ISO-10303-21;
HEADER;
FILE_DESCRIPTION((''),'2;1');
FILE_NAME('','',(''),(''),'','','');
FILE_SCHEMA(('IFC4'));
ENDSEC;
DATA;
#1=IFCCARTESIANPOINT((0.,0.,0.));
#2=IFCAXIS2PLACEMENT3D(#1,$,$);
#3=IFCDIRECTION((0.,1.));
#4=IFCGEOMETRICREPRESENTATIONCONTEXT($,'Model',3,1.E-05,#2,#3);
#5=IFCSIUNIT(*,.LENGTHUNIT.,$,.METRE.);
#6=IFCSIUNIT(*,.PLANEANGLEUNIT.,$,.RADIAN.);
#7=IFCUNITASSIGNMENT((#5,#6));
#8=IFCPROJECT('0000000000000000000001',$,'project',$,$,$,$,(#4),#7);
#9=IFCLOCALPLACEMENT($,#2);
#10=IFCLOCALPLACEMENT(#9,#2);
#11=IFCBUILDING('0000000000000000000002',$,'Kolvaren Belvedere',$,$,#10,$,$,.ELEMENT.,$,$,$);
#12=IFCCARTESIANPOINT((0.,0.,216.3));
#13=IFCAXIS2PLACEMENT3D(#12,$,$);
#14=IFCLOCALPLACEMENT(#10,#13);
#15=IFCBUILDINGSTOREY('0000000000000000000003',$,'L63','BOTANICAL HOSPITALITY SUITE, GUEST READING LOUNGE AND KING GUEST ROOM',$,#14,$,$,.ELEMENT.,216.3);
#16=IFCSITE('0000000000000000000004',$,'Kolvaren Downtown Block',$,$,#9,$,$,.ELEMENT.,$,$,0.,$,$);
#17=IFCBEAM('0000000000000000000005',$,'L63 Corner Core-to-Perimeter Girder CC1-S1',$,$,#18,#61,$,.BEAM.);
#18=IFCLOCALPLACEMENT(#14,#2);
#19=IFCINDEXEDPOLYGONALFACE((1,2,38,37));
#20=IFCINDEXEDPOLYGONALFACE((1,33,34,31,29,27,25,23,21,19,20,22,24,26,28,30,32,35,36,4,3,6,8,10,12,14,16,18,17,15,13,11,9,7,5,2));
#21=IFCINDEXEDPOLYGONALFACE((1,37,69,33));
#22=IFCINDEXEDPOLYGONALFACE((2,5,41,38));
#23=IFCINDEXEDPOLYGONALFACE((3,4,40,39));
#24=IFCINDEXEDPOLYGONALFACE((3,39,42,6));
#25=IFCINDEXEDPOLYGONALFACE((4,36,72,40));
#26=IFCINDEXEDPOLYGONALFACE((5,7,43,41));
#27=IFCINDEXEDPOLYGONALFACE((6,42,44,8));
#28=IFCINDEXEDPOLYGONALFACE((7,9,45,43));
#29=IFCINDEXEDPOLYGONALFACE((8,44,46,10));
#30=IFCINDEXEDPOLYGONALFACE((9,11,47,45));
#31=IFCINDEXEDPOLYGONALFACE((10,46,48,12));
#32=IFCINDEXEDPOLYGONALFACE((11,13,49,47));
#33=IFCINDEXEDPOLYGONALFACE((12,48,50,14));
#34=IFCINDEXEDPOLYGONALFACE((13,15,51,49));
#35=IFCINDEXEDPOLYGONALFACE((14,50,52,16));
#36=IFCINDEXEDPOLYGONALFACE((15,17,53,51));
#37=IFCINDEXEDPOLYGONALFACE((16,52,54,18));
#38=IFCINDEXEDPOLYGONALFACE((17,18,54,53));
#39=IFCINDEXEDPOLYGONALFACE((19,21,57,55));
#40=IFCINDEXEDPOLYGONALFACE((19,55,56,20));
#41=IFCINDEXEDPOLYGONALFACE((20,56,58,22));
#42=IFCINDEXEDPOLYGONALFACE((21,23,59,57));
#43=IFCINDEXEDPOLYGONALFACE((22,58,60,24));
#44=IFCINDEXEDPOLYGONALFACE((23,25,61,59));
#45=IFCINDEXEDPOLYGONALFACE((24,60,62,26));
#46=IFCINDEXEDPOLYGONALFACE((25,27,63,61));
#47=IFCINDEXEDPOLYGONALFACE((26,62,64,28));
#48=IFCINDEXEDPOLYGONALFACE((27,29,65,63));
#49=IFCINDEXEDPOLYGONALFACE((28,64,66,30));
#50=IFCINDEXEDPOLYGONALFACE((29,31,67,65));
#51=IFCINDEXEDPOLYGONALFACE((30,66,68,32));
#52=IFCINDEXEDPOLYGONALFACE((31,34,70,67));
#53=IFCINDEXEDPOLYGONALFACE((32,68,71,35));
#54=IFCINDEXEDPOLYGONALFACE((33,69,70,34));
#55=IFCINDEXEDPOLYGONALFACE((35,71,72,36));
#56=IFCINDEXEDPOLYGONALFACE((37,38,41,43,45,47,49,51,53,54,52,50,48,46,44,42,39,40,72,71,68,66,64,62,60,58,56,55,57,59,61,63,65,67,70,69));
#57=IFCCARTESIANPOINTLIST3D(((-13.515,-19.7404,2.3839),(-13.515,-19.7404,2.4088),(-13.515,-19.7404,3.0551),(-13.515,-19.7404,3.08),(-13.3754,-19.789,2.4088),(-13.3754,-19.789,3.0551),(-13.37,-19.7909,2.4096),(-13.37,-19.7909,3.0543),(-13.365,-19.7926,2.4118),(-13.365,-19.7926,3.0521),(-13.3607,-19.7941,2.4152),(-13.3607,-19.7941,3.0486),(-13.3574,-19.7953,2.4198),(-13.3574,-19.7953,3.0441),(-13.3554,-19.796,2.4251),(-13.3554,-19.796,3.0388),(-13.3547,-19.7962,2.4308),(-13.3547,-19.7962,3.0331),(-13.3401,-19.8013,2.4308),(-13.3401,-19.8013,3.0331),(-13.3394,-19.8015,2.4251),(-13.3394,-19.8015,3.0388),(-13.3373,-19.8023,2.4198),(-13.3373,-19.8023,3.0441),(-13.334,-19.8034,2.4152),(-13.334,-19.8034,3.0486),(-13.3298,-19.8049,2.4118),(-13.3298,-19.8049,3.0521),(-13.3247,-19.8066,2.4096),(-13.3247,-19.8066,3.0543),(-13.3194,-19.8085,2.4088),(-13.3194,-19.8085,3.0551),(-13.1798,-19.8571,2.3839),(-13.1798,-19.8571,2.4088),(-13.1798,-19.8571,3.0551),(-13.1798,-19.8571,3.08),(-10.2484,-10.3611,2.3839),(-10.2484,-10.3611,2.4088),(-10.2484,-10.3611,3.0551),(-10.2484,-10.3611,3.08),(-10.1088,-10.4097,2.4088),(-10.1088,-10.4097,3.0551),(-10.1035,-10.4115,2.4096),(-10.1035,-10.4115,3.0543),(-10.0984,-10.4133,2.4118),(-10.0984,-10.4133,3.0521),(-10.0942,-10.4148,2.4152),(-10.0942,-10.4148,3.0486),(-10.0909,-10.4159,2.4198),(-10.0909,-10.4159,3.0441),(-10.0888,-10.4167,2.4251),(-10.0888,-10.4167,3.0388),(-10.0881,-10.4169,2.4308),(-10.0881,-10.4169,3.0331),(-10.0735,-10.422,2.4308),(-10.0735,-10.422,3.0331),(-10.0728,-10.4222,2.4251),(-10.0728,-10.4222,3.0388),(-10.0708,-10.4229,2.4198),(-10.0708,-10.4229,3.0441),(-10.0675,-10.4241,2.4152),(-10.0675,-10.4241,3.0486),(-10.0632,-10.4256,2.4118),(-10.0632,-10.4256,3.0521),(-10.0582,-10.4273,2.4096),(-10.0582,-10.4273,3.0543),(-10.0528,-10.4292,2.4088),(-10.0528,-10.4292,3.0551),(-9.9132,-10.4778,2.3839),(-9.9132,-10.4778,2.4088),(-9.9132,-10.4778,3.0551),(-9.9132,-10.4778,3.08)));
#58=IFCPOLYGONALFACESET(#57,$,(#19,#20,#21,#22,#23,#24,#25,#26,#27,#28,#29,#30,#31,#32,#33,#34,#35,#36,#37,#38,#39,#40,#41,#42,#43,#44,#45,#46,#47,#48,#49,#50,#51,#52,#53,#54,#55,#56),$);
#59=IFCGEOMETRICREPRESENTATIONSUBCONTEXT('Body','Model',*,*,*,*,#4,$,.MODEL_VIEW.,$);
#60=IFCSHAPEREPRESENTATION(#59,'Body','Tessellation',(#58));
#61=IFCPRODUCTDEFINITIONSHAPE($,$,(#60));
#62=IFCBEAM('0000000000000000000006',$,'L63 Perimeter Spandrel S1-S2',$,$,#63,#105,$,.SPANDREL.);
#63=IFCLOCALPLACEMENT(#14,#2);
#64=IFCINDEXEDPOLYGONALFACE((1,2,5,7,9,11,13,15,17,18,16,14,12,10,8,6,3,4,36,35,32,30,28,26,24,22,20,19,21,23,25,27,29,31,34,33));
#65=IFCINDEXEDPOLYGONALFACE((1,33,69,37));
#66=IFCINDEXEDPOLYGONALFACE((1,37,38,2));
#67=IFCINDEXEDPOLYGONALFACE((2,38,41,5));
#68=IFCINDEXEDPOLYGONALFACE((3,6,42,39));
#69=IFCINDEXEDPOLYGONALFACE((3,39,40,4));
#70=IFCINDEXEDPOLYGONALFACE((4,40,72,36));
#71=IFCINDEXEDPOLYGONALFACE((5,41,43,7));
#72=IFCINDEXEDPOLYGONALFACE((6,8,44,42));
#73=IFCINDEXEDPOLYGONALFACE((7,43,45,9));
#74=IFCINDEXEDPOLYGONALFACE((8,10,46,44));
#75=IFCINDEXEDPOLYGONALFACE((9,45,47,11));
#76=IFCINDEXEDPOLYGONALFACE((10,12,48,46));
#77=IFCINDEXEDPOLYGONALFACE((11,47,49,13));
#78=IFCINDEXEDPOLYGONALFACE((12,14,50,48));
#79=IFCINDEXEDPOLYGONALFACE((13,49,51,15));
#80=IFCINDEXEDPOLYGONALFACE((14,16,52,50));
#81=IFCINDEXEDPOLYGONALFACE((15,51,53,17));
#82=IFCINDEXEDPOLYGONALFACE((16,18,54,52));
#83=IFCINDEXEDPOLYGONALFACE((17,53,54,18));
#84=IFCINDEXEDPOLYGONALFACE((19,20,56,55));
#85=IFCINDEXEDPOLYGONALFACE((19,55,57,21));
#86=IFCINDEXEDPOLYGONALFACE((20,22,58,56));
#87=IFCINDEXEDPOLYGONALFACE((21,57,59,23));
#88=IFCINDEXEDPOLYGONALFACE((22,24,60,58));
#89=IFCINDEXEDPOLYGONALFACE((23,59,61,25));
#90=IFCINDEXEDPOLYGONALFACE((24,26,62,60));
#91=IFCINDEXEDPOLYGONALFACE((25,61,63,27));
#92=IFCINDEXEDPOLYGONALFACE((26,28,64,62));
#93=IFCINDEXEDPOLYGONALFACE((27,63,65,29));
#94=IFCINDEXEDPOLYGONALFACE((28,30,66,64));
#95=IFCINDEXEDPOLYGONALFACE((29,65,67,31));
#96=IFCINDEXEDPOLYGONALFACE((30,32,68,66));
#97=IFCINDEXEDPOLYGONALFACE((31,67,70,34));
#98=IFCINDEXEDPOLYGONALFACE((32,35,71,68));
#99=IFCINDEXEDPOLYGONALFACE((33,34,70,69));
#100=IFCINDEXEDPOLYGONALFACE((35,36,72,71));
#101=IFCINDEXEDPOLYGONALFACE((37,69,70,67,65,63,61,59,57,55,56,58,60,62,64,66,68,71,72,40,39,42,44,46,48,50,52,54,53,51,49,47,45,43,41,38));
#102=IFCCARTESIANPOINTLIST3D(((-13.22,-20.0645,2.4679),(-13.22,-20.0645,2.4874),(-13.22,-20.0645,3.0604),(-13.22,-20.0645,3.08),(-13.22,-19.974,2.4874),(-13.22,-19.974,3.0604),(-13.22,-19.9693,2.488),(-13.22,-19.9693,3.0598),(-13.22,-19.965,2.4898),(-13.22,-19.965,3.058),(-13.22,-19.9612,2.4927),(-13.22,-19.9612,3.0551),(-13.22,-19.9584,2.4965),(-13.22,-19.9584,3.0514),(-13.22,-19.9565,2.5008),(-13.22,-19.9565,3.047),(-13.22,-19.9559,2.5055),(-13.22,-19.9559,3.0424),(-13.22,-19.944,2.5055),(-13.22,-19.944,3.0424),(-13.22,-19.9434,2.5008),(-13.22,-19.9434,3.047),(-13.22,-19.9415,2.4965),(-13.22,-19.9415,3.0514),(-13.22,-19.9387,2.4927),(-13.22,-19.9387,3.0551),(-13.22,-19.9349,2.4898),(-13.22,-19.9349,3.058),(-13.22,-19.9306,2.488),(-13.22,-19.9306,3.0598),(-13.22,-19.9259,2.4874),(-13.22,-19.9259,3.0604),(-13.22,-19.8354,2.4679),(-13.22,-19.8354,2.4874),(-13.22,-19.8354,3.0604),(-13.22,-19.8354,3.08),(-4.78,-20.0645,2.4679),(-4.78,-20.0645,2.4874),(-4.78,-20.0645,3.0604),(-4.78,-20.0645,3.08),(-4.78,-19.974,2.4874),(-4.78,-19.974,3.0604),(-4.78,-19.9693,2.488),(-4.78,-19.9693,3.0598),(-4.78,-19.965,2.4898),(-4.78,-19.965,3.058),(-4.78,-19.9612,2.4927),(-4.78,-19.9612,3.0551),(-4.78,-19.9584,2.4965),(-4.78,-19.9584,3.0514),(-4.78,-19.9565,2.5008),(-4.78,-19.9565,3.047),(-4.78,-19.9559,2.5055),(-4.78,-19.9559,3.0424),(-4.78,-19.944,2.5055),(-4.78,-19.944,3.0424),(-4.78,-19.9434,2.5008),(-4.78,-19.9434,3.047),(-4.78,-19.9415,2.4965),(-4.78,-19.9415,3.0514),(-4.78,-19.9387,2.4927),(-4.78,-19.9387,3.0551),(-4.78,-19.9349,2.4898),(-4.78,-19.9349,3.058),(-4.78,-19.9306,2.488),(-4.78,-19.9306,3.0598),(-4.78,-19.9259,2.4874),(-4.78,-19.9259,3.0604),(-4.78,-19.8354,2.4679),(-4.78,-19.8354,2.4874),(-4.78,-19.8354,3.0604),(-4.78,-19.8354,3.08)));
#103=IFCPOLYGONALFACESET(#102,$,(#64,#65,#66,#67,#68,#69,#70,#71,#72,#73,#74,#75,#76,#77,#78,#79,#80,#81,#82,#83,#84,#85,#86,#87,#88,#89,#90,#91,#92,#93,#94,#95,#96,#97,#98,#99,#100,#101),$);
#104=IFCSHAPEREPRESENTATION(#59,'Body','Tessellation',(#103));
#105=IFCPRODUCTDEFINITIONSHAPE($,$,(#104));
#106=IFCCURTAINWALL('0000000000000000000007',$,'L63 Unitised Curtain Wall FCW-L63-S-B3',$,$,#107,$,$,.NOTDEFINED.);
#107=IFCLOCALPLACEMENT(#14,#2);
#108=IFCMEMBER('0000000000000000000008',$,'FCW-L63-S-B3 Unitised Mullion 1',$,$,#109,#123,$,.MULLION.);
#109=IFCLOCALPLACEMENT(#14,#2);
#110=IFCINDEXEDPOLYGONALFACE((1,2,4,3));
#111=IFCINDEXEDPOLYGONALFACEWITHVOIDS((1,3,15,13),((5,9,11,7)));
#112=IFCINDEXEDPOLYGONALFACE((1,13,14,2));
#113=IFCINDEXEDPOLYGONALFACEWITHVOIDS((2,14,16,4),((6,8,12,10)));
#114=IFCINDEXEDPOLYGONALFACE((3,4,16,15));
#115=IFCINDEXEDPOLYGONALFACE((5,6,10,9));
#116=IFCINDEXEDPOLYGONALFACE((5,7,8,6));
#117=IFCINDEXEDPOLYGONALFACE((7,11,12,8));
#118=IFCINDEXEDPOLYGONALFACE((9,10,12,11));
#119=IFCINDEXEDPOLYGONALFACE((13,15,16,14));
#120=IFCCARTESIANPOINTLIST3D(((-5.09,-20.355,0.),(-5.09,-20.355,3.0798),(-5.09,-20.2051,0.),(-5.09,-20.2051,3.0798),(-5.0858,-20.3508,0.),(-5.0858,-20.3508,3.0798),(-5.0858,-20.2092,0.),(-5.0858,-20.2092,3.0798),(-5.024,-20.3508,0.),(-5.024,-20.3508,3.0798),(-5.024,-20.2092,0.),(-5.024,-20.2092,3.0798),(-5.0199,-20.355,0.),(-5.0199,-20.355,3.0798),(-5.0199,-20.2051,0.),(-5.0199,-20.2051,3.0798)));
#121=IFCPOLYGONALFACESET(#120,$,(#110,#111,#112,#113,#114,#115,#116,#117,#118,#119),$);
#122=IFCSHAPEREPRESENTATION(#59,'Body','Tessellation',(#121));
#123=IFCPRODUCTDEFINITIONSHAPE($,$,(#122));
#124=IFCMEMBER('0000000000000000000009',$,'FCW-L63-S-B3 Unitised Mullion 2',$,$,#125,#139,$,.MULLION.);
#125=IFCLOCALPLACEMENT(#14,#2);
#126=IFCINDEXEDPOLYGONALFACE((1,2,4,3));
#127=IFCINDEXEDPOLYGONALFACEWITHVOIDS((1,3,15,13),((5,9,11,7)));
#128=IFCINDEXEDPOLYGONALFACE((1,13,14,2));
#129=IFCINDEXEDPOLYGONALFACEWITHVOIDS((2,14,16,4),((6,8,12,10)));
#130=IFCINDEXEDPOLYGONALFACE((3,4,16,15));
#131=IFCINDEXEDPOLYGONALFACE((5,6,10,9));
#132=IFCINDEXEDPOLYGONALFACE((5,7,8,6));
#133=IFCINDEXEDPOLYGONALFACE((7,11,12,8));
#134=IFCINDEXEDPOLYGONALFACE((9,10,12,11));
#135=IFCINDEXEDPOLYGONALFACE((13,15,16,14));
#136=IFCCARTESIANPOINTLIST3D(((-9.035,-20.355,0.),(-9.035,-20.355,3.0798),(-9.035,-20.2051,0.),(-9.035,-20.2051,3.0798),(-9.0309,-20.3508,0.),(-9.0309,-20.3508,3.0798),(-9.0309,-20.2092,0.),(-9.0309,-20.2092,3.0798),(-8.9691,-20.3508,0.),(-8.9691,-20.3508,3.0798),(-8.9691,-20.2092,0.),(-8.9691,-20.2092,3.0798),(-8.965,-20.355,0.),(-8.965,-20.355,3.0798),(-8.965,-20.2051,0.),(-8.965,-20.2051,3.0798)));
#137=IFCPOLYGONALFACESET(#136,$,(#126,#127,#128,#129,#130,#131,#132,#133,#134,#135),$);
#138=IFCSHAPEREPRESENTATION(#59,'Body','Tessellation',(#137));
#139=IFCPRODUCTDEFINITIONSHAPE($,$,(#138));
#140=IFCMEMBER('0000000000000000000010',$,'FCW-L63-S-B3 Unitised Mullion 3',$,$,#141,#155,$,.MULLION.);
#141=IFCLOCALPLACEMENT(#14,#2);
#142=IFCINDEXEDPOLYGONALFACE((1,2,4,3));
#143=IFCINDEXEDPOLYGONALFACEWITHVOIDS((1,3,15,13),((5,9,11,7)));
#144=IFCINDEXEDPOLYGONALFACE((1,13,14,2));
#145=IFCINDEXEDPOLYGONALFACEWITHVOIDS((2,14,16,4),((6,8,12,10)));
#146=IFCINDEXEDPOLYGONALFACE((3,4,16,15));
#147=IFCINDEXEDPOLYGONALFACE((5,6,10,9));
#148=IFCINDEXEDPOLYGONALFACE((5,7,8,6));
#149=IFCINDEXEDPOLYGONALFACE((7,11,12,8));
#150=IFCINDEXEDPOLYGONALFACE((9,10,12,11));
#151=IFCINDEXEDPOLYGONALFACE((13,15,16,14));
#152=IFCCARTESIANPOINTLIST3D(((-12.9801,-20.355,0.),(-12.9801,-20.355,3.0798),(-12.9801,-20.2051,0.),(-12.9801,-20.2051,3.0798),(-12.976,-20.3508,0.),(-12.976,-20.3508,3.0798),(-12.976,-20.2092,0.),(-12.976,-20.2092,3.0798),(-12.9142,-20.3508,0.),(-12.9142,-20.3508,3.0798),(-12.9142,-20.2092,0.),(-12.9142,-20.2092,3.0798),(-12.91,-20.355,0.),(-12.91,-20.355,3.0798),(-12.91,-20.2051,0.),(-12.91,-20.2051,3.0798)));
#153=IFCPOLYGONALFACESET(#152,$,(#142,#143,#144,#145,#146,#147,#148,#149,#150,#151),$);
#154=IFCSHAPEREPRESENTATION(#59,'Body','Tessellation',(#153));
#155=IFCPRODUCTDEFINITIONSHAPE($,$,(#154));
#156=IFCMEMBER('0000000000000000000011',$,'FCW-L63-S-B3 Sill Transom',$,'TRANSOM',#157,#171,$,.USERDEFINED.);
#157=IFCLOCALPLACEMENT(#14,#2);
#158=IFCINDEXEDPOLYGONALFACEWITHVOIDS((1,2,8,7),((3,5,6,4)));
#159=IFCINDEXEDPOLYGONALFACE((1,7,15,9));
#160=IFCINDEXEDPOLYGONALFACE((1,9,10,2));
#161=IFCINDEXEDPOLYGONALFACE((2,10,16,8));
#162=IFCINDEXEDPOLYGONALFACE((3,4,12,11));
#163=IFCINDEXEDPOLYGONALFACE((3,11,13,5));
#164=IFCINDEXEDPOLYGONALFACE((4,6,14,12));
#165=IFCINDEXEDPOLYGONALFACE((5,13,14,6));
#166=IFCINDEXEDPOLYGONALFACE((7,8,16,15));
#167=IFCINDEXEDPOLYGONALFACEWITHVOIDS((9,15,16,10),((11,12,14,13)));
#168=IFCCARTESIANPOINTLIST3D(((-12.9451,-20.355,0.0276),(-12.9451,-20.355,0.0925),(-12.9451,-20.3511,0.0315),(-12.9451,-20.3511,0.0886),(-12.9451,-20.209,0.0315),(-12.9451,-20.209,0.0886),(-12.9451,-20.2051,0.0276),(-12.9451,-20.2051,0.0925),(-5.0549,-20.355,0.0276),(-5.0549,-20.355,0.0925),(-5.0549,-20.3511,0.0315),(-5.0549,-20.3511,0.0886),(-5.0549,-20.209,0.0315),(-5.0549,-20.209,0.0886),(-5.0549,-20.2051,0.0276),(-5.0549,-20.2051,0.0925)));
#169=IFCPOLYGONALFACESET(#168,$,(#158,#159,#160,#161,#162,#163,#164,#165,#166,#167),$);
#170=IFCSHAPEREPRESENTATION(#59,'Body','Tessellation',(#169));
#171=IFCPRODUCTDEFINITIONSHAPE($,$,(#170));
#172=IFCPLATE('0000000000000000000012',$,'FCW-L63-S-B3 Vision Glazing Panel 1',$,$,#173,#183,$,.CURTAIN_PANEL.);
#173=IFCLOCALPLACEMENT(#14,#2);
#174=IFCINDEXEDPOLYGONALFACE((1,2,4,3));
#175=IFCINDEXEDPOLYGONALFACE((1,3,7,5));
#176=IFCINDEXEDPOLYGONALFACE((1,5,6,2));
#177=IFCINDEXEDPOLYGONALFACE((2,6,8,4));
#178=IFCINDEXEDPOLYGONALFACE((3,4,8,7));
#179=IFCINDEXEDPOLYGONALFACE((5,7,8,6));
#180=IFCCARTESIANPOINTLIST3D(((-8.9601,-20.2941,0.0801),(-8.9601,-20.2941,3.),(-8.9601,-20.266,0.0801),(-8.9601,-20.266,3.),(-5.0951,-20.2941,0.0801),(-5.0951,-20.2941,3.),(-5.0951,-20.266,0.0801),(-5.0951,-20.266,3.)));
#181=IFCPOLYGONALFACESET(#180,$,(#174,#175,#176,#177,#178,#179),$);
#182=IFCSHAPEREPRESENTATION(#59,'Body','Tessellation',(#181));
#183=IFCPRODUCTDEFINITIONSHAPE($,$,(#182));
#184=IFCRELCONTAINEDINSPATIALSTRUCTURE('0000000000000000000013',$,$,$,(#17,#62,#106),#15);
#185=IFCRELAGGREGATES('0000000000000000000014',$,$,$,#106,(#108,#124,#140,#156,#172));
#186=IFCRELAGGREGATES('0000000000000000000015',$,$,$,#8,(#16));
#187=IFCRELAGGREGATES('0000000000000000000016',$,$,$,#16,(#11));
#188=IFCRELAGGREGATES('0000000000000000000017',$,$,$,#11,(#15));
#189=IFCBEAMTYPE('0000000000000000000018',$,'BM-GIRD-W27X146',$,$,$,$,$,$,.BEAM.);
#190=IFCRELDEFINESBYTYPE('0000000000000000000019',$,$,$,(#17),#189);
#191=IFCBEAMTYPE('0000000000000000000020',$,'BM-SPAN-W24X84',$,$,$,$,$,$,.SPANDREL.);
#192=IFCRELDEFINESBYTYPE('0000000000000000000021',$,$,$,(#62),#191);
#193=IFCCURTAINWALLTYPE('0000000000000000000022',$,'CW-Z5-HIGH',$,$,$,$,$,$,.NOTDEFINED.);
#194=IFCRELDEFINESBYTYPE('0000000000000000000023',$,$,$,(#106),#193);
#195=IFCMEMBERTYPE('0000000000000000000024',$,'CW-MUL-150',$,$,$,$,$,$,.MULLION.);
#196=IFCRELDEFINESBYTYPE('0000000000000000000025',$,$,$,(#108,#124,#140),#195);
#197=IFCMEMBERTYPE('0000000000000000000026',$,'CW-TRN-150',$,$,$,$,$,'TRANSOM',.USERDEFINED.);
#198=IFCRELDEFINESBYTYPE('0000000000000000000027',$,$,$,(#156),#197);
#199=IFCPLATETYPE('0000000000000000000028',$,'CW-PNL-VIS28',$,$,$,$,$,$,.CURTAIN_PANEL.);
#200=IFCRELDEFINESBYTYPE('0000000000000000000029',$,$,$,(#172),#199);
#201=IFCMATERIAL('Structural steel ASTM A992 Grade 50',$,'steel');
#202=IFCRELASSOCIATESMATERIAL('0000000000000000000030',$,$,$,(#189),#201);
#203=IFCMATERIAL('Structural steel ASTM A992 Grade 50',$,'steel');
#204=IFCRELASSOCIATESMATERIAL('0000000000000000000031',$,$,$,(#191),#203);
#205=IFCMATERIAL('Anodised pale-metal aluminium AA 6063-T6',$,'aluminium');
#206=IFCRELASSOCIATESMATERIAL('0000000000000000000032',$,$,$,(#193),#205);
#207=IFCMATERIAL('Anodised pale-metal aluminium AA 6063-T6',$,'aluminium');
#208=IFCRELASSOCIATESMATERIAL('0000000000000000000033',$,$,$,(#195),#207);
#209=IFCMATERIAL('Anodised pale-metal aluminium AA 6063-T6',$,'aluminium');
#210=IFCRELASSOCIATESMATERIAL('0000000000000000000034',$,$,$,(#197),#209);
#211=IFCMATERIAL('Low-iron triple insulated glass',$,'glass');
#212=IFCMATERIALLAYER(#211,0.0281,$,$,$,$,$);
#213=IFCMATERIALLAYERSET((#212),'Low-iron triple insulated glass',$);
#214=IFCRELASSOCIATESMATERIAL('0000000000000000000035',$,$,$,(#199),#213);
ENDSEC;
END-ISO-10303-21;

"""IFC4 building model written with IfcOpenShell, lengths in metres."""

from ifc_helpers import new_model, si_unit, direction, frame, origin, origin_2d, place, context, subcontext, project, spatial, rectangle, hollow_rectangle, i_section, extrude, material, layer, layer_set, material_profile, profile_set, type_object, element, aggregate, save


model = new_model("IFC4")

# Units and contexts
model_context = context("Model", 3, precision=1e-05, world=origin(), true_north=direction((0.0, 1.0)))
body_context = subcontext(model_context, "Body", "Model", "MODEL_VIEW")
ifc_project = project(units=[si_unit("LENGTHUNIT", "METRE"), si_unit("PLANEANGLEUNIT", "RADIAN")], contexts=[model_context])

# Site, building, storey
site_placement = place(None, origin())
site = spatial("IfcSite", under=ifc_project, at=site_placement, Name="Kolvaren Downtown Block", CompositionType="ELEMENT", RefElevation=0.0)
building_placement = place(site_placement, origin())
building = spatial("IfcBuilding", under=site, at=building_placement, Name="Kolvaren Belvedere", CompositionType="ELEMENT")
storey_placement = place(building_placement, frame((0.0, 0.0, 216.3)))
storey = spatial("IfcBuildingStorey", under=building, at=storey_placement, Name="L63", Description="BOTANICAL HOSPITALITY SUITE, GUEST READING LOUNGE AND KING GUEST ROOM", CompositionType="ELEMENT", Elevation=216.3)

# Beams
ifc_material_1 = material(Name="Structural steel ASTM A992 Grade 50", Category="steel")
ifc_material_profile_1 = material_profile(ifc_material_1, i_section(OverallWidth=0.355, OverallDepth=0.696, WebThickness=0.0154, FlangeThickness=0.0249, FilletRadius=0.022, at=origin_2d()), Name="W27X146")
ifc_profile_set_1 = profile_set([ifc_material_profile_1], Name="Structural steel ASTM A992 Grade 50")
beam_type_1 = type_object("IfcBeamType", Name="BM-GIRD-W27X146", PredefinedType="BEAM", material=ifc_profile_set_1)
beam_1_placement = place(storey_placement, frame((-10.0808, -10.4194, 2.7319), z_axis=(-0.328898, -0.944365, 0.0), x_axis=(0.944365, -0.328898, 0.0)))
element("IfcBeam", 1, at=beam_1_placement, inside=storey, type_object=beam_type_1, Name="L63 Corner Core-to-Perimeter Girder CC1-S1", PredefinedType="BEAM", context=body_context, shape_type="SweptSolid", body=[
    extrude(i_section(OverallWidth=0.355, OverallDepth=0.696, WebThickness=0.0154, FlangeThickness=0.0249, FilletRadius=0.022, at=origin_2d()), origin(), (0.0, 0.0, 1.0), 9.9319),
])
ifc_material_2 = material(Name="Structural steel ASTM A992 Grade 50", Category="steel")
ifc_material_profile_2 = material_profile(ifc_material_2, i_section(OverallWidth=0.229, OverallDepth=0.6121, WebThickness=0.012, FlangeThickness=0.0195, FilletRadius=0.0181, at=origin_2d()), Name="W24X84")
ifc_profile_set_2 = profile_set([ifc_material_profile_2], Name="Structural steel ASTM A992 Grade 50")
beam_type_2 = type_object("IfcBeamType", Name="BM-SPAN-W24X84", PredefinedType="SPANDREL", material=ifc_profile_set_2)
beam_2_placement = place(storey_placement, frame((-13.22, -19.95, 2.7739), z_axis=(1.0, 0.0, 0.0), x_axis=(0.0, 1.0, 0.0)))
element("IfcBeam", 2, at=beam_2_placement, inside=storey, type_object=beam_type_2, Name="L63 Perimeter Spandrel S1-S2", PredefinedType="SPANDREL", context=body_context, shape_type="SweptSolid", body=[
    extrude(i_section(OverallWidth=0.229, OverallDepth=0.6121, WebThickness=0.012, FlangeThickness=0.0195, FilletRadius=0.0181, at=origin_2d()), origin(), (0.0, 0.0, 1.0), 8.4399),
])

# Curtain wall, members, plate
ifc_material_3 = material(Name="Anodised pale-metal aluminium AA 6063-T6", Category="aluminium")
curtain_wall_type = type_object("IfcCurtainWallType", Name="CW-Z5-HIGH", PredefinedType="NOTDEFINED", material=ifc_material_3)
curtain_wall_placement = place(storey_placement, origin())
curtain_wall = element("IfcCurtainWall", 3, at=curtain_wall_placement, inside=storey, type_object=curtain_wall_type, Name="L63 Unitised Curtain Wall FCW-L63-S-B3", PredefinedType="NOTDEFINED")
ifc_material_4 = material(Name="Anodised pale-metal aluminium AA 6063-T6", Category="aluminium")
ifc_material_profile_3 = material_profile(ifc_material_4, hollow_rectangle(XDim=0.0701, YDim=0.1499, WallThickness=0.0042, at=origin_2d()), Name="ALU-MUL-150X70")
ifc_profile_set_3 = profile_set([ifc_material_profile_3], Name="Anodised pale-metal aluminium AA 6063-T6")
member_type_1 = type_object("IfcMemberType", Name="CW-MUL-150", PredefinedType="MULLION", material=ifc_profile_set_3)
member_1_placement = place(storey_placement, frame((-5.0549, -20.28, 0.0), z_axis=(0.0, 0.0, 1.0), x_axis=(1.0, 0.0, 0.0)))
member_1 = element("IfcMember", 4, at=member_1_placement, type_object=member_type_1, Name="FCW-L63-S-B3 Unitised Mullion 1", PredefinedType="MULLION", context=body_context, shape_type="SweptSolid", body=[
    extrude(hollow_rectangle(XDim=0.0701, YDim=0.1499, WallThickness=0.0042, at=origin_2d()), origin(), (0.0, 0.0, 1.0), 3.0798),
])
member_2_placement = place(storey_placement, frame((-9.0, -20.28, 0.0), z_axis=(0.0, 0.0, 1.0), x_axis=(1.0, 0.0, 0.0)))
member_2 = element("IfcMember", 5, at=member_2_placement, type_object=member_type_1, Name="FCW-L63-S-B3 Unitised Mullion 2", PredefinedType="MULLION", context=body_context, shape_type="SweptSolid", body=[
    extrude(hollow_rectangle(XDim=0.0701, YDim=0.1499, WallThickness=0.0042, at=origin_2d()), origin(), (0.0, 0.0, 1.0), 3.0798),
])
member_3_placement = place(storey_placement, frame((-12.9451, -20.28, 0.0), z_axis=(0.0, 0.0, 1.0), x_axis=(1.0, 0.0, 0.0)))
member_3 = element("IfcMember", 6, at=member_3_placement, type_object=member_type_1, Name="FCW-L63-S-B3 Unitised Mullion 3", PredefinedType="MULLION", context=body_context, shape_type="SweptSolid", body=[
    extrude(hollow_rectangle(XDim=0.0701, YDim=0.1499, WallThickness=0.0042, at=origin_2d()), origin(), (0.0, 0.0, 1.0), 3.0798),
])
ifc_material_5 = material(Name="Anodised pale-metal aluminium AA 6063-T6", Category="aluminium")
ifc_material_profile_4 = material_profile(ifc_material_5, hollow_rectangle(XDim=0.0649, YDim=0.1499, WallThickness=0.0039, at=origin_2d()), Name="ALU-TRN-150X65")
ifc_profile_set_4 = profile_set([ifc_material_profile_4], Name="Anodised pale-metal aluminium AA 6063-T6")
member_type_2 = type_object("IfcMemberType", Name="CW-TRN-150", ElementType="TRANSOM", PredefinedType="USERDEFINED", material=ifc_profile_set_4)
member_4_placement = place(storey_placement, frame((-5.0549, -20.28, 0.0601), z_axis=(-1.0, 0.0, 0.0), x_axis=(0.0, 0.0, 1.0)))
member_4 = element("IfcMember", 7, at=member_4_placement, type_object=member_type_2, Name="FCW-L63-S-B3 Sill Transom", ObjectType="TRANSOM", PredefinedType="USERDEFINED", context=body_context, shape_type="SweptSolid", body=[
    extrude(hollow_rectangle(XDim=0.0649, YDim=0.1499, WallThickness=0.0039, at=origin_2d()), origin(), (0.0, 0.0, 1.0), 7.8901),
])
ifc_material_6 = material(Name="Low-iron triple insulated glass", Category="glass")
ifc_layer_1 = layer(ifc_material_6, 0.0281)
ifc_layer_set_1 = layer_set([ifc_layer_1], Name="Low-iron triple insulated glass")
plate_type_1 = type_object("IfcPlateType", Name="CW-PNL-VIS28", PredefinedType="CURTAIN_PANEL", material=ifc_layer_set_1)
plate_1_placement = place(storey_placement, frame((-7.0276, -20.28, 0.0801), z_axis=(0.0, 0.0, 1.0), x_axis=(-1.0, 0.0, 0.0)))
plate_1 = element("IfcPlate", 8, at=plate_1_placement, type_object=plate_type_1, Name="FCW-L63-S-B3 Vision Glazing Panel 1", PredefinedType="CURTAIN_PANEL", context=body_context, shape_type="SweptSolid", body=[
    extrude(rectangle(XDim=3.865, YDim=0.0281, at=origin_2d()), origin(), (0.0, 0.0, 1.0), 2.9199),
])
aggregate(curtain_wall, [member_1, member_2, member_3, member_4, plate_1])

save(model, "model.ifc")
